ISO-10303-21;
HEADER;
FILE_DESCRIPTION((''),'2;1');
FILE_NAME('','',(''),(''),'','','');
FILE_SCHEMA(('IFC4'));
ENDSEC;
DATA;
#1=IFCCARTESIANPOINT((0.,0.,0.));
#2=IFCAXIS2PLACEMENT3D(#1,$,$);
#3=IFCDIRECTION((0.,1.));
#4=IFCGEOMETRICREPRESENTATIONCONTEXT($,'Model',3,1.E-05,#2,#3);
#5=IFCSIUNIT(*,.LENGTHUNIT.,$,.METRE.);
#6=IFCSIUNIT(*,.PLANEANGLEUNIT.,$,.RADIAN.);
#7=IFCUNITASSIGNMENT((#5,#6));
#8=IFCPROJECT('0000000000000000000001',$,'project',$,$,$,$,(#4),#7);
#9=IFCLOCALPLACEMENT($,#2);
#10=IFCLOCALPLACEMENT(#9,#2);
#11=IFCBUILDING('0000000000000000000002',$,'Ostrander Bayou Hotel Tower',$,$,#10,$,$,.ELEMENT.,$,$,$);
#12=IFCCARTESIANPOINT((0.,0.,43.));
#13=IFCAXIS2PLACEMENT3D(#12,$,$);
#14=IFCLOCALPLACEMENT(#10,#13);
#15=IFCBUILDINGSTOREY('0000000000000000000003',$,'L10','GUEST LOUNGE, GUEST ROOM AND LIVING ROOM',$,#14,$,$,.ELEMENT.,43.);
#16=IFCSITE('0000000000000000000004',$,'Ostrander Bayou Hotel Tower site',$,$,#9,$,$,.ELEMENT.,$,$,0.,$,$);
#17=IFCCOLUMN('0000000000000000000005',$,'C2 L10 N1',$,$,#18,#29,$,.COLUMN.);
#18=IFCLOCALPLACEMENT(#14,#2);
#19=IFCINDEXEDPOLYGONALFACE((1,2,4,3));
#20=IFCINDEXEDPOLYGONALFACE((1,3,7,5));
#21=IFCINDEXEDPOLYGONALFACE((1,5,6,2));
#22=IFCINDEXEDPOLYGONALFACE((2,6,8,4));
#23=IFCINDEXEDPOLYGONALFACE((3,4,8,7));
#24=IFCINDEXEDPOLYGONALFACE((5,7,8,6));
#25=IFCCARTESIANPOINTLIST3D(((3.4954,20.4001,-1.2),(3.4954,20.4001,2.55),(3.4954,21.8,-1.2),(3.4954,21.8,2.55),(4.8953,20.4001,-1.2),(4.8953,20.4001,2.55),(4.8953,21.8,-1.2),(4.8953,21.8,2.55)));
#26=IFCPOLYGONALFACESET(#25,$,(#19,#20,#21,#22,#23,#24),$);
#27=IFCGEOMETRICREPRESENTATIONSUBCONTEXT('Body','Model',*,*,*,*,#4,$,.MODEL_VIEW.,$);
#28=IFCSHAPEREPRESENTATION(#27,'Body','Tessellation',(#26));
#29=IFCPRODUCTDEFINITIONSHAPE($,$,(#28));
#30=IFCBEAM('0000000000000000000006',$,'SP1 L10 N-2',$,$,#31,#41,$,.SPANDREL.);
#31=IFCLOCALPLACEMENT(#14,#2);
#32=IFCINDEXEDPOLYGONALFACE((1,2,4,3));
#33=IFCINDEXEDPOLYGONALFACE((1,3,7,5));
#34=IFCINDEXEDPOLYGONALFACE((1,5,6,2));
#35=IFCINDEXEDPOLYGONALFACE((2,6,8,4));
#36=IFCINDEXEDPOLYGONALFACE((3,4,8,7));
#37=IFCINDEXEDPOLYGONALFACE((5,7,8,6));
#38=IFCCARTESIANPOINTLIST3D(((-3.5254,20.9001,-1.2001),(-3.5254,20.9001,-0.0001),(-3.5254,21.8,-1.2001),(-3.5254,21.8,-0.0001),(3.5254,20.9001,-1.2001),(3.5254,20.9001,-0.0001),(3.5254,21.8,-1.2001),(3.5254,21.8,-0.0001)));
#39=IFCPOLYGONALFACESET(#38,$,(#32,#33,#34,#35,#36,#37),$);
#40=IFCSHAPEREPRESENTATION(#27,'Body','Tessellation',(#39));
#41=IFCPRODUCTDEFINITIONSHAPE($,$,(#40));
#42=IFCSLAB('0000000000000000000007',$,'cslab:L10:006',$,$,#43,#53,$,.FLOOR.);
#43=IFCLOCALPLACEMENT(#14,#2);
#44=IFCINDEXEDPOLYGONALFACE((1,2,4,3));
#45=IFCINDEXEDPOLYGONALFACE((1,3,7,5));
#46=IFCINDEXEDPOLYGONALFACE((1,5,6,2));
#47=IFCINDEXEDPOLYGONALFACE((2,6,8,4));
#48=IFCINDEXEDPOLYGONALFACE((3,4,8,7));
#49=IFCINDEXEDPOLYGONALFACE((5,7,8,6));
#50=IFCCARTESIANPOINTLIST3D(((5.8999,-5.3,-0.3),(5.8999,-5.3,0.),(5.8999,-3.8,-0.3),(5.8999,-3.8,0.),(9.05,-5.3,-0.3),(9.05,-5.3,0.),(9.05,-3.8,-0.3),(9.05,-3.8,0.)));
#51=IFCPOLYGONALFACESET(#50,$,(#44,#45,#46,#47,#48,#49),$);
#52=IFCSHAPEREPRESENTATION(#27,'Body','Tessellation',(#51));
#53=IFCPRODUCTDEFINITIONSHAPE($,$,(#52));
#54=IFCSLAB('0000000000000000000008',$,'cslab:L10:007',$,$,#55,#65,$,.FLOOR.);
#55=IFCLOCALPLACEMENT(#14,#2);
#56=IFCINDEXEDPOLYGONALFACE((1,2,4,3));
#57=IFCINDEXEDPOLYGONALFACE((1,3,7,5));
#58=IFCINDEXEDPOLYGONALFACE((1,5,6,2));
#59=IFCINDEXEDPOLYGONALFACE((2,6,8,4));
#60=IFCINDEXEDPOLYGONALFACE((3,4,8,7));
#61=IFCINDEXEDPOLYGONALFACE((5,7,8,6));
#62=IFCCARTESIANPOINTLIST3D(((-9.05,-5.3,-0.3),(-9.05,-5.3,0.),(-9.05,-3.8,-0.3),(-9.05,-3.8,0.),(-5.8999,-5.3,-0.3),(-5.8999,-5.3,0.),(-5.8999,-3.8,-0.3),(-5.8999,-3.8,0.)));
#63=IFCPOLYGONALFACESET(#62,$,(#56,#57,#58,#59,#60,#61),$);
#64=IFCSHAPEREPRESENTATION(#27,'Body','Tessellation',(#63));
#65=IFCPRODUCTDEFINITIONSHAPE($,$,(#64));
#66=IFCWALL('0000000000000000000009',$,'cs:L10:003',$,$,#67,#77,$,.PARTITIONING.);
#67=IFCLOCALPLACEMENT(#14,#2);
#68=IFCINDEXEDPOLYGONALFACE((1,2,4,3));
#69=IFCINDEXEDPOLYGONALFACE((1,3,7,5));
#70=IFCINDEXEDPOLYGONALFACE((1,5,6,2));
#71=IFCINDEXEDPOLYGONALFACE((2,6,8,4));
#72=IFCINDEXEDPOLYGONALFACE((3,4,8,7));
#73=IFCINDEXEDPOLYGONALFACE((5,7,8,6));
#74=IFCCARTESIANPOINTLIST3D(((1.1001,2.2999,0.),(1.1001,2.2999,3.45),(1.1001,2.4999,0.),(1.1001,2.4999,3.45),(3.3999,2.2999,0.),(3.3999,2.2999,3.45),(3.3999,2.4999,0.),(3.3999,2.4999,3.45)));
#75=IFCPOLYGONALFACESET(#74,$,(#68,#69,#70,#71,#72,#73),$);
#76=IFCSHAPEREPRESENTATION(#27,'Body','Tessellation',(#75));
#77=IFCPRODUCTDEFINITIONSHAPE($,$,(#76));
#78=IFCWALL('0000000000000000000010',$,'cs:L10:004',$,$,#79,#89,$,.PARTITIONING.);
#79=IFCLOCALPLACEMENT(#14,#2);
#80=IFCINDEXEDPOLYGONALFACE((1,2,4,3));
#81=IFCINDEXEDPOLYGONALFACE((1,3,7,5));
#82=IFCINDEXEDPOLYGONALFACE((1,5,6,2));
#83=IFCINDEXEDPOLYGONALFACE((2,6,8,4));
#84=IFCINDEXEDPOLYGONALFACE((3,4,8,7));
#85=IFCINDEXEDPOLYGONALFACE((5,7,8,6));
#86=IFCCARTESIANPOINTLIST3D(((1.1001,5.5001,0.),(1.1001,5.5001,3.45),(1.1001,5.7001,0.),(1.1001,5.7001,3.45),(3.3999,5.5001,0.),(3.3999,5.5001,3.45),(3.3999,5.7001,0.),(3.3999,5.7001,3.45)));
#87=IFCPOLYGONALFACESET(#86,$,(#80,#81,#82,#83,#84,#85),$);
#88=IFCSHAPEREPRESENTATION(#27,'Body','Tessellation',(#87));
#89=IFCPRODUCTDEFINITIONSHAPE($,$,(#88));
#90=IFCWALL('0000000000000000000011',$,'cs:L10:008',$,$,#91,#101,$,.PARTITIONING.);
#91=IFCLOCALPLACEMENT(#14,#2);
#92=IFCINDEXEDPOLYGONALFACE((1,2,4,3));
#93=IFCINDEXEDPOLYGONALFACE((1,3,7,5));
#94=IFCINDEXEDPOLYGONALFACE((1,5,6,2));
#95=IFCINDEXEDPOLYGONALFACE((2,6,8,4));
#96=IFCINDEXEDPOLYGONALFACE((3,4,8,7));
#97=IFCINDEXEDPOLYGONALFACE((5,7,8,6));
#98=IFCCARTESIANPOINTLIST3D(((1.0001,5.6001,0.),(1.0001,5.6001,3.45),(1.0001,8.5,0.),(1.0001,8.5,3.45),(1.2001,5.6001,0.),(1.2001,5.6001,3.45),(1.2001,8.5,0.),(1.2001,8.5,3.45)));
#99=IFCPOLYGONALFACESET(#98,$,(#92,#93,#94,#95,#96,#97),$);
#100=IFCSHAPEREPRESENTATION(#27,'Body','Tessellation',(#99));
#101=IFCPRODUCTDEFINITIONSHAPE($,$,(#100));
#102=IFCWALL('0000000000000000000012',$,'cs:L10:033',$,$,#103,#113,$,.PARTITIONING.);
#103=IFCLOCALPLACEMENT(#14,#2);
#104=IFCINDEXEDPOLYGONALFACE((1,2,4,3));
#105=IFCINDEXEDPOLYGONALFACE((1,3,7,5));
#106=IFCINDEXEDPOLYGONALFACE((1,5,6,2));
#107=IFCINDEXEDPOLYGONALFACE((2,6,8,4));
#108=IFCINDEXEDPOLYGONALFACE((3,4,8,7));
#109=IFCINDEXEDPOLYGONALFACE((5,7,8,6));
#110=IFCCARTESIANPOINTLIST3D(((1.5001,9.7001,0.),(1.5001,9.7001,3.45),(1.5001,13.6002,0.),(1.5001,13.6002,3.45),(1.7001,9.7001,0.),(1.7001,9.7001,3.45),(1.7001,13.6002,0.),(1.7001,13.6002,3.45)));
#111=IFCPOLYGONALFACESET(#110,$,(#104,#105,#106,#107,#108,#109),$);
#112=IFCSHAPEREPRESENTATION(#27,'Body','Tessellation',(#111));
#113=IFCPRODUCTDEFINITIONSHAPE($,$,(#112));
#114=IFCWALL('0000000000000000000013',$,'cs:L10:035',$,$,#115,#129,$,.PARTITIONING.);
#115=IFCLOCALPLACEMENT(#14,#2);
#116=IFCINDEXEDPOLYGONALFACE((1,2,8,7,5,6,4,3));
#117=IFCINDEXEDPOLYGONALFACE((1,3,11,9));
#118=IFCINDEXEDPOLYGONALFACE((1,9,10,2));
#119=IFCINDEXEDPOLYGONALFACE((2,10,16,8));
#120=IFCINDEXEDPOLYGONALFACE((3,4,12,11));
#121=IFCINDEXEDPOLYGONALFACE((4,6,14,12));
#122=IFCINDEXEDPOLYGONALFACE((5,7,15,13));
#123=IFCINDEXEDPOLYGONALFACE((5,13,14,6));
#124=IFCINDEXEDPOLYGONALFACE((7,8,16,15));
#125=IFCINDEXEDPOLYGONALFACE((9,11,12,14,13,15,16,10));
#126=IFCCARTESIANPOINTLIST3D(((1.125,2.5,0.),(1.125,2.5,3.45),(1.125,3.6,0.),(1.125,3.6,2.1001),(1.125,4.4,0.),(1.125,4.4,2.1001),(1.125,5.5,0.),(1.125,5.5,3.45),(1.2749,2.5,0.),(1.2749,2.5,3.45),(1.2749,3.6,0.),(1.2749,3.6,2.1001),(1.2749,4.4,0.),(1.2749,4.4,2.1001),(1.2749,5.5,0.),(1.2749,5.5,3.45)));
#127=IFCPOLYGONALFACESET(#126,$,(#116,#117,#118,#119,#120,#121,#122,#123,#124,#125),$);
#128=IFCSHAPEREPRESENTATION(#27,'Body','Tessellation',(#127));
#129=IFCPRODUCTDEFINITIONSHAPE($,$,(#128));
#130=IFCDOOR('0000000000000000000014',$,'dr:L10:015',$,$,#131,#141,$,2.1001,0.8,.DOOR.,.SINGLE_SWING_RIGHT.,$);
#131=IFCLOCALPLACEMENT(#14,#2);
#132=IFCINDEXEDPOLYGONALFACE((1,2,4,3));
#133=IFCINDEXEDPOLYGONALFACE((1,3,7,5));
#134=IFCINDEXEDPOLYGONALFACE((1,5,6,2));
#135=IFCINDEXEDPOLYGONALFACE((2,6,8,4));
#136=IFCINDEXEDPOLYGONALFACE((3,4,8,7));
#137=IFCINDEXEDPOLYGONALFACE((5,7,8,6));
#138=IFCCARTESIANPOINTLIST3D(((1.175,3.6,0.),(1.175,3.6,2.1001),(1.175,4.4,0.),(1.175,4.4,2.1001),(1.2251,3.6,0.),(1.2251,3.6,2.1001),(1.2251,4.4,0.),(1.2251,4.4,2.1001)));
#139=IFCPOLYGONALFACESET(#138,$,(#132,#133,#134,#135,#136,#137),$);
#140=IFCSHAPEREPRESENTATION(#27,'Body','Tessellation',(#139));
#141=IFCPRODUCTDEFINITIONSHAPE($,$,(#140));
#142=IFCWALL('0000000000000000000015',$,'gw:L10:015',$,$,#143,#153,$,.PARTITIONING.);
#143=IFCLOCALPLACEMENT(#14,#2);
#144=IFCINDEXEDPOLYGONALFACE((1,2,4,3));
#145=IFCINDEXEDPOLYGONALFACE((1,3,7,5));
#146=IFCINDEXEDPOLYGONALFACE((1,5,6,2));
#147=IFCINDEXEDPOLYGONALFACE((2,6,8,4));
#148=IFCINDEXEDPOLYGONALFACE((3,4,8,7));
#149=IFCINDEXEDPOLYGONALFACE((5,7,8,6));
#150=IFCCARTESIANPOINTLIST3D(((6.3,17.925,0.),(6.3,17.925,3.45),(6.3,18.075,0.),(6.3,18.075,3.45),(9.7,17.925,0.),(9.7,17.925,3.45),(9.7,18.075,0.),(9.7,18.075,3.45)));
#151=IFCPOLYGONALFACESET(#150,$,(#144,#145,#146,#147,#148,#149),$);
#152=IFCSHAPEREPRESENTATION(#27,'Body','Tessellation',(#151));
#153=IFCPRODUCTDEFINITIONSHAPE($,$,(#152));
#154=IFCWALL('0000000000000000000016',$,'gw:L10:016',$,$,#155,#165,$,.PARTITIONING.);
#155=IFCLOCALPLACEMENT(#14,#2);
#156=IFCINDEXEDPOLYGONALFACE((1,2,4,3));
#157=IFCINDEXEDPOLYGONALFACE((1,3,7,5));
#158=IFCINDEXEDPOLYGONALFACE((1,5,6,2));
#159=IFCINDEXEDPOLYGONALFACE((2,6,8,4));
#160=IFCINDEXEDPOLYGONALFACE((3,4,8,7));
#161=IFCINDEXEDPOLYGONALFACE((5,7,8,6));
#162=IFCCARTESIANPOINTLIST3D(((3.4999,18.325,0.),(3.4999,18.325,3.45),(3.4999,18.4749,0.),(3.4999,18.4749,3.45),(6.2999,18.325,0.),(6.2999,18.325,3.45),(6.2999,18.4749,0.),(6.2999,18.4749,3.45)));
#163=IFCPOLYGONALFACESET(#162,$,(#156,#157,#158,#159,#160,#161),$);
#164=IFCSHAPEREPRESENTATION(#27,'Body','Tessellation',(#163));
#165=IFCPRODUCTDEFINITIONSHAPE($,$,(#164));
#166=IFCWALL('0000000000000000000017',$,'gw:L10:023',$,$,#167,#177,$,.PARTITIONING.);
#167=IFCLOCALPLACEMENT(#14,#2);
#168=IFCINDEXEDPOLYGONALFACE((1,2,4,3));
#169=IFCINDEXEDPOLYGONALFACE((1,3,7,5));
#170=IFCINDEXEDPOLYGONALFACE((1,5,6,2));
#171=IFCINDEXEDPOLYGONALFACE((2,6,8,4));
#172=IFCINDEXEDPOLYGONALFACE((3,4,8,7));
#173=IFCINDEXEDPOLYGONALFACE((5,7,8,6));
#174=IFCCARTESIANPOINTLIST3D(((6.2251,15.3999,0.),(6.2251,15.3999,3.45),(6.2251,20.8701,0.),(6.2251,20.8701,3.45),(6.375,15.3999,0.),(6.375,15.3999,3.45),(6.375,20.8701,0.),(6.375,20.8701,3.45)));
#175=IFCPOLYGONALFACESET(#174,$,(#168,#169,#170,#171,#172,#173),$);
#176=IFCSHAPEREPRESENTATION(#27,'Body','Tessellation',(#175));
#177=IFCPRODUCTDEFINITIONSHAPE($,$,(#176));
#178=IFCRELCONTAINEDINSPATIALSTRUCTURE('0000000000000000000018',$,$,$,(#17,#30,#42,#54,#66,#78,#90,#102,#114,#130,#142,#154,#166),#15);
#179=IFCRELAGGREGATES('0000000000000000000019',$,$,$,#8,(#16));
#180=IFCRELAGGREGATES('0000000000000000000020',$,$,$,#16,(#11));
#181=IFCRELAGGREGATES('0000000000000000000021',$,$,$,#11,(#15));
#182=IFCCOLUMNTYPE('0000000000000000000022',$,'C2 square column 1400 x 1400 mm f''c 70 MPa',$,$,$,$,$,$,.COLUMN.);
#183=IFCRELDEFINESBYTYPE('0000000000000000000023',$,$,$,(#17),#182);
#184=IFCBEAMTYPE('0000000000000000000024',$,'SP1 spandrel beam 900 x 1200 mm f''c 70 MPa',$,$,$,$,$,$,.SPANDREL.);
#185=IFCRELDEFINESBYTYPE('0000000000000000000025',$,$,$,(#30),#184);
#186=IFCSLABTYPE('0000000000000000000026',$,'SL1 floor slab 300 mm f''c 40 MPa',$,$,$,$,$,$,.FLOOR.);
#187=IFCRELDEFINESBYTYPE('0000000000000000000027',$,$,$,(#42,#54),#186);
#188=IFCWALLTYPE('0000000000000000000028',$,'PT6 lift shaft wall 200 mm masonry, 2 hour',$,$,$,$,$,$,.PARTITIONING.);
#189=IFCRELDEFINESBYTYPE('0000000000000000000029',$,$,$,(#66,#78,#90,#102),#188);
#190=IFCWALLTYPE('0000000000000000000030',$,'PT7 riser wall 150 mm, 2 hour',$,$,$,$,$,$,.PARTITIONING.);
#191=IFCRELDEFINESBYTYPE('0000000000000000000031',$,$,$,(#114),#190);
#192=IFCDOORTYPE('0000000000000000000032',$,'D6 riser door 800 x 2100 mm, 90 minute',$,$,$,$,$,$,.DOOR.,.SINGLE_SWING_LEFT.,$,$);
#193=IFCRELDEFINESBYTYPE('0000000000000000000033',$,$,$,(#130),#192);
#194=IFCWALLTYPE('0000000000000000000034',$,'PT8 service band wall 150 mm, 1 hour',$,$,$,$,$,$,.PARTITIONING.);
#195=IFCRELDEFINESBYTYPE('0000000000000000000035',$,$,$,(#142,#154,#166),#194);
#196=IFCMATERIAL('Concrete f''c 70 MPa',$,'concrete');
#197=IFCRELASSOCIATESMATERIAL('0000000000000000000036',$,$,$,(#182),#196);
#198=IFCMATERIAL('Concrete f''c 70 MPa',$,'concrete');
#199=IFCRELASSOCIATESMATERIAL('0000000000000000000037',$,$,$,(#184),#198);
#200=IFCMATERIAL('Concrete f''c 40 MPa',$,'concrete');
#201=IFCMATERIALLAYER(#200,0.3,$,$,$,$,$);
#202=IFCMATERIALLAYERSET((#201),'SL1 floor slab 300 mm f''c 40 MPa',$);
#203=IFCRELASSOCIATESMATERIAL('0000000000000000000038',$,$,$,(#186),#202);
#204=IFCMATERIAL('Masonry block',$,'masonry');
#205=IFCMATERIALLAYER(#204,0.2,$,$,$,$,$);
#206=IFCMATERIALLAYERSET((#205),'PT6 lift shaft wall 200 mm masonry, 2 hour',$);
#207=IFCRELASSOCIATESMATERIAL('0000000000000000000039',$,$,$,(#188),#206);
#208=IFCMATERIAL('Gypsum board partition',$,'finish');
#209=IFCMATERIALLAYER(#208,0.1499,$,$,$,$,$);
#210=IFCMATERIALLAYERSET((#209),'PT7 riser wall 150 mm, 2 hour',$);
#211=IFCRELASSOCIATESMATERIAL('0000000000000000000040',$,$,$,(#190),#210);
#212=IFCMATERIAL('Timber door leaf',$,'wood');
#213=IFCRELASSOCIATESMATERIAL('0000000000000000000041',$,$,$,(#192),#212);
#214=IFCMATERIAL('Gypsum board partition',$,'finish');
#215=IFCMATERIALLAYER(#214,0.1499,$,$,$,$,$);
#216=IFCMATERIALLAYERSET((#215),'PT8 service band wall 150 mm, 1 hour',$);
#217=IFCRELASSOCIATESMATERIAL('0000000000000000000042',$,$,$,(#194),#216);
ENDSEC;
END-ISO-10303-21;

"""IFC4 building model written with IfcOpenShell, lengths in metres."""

from ifc_helpers import new_model, si_unit, direction, frame, frame_2d, origin, origin_2d, place, context, subcontext, project, spatial, polyline, rectangle, outline, extrude, material, layer, layer_set, material_profile, profile_set, type_object, element, fill, save


model = new_model("IFC4")

# Units and contexts
model_context = context("Model", 3, precision=1e-05, world=origin(), true_north=direction((0.0, 1.0)))
body_context = subcontext(model_context, "Body", "Model", "MODEL_VIEW")
ifc_project = project(units=[si_unit("LENGTHUNIT", "METRE"), si_unit("PLANEANGLEUNIT", "RADIAN")], contexts=[model_context])

# Site, building, storey
site_placement = place(None, origin())
site = spatial("IfcSite", under=ifc_project, at=site_placement, Name="Ostrander Bayou Hotel Tower site", CompositionType="ELEMENT", RefElevation=0.0)
building_placement = place(site_placement, origin())
building = spatial("IfcBuilding", under=site, at=building_placement, Name="Ostrander Bayou Hotel Tower", CompositionType="ELEMENT")
storey_placement = place(building_placement, frame((0.0, 0.0, 43.0)))
storey = spatial("IfcBuildingStorey", under=building, at=storey_placement, Name="L10", Description="GUEST LOUNGE, GUEST ROOM AND LIVING ROOM", CompositionType="ELEMENT", Elevation=43.0)

# Column
ifc_material_1 = material(Name="Concrete f'c 70 MPa", Category="concrete")
ifc_material_profile_1 = material_profile(ifc_material_1, rectangle(XDim=1.3999, YDim=1.3999, at=origin_2d()))
ifc_profile_set_1 = profile_set([ifc_material_profile_1], Name="Concrete f'c 70 MPa")
column_type = type_object("IfcColumnType", Name="C2 square column 1400 x 1400 mm f'c 70 MPa", PredefinedType="COLUMN", material=ifc_profile_set_1)
column_placement = place(storey_placement, frame((4.1953, 21.1001, -1.2), z_axis=(0.0, 0.0, 1.0), x_axis=(1.0, 0.0, 0.0)))
element("IfcColumn", 1, at=column_placement, inside=storey, type_object=column_type, Name="C2 L10 N1", PredefinedType="COLUMN", context=body_context, shape_type="SweptSolid", body=[
    extrude(rectangle(XDim=1.3999, YDim=1.3999, at=origin_2d()), origin(), (0.0, 0.0, 1.0), 3.75),
])

# Beam
ifc_material_2 = material(Name="Concrete f'c 70 MPa", Category="concrete")
ifc_material_profile_2 = material_profile(ifc_material_2, rectangle(XDim=0.8999, YDim=1.2, at=origin_2d()))
ifc_profile_set_2 = profile_set([ifc_material_profile_2], Name="Concrete f'c 70 MPa")
beam_type = type_object("IfcBeamType", Name="SP1 spandrel beam 900 x 1200 mm f'c 70 MPa", PredefinedType="SPANDREL", material=ifc_profile_set_2)
beam_placement = place(storey_placement, frame((3.5254, 21.3501, -0.6001), z_axis=(-1.0, 0.0, 0.0), x_axis=(0.0, -1.0, 0.0)))
element("IfcBeam", 2, at=beam_placement, inside=storey, type_object=beam_type, Name="SP1 L10 N-2", PredefinedType="SPANDREL", context=body_context, shape_type="SweptSolid", body=[
    extrude(rectangle(XDim=0.8999, YDim=1.2, at=origin_2d()), origin(), (0.0, 0.0, 1.0), 7.0508),
])

# Slabs
ifc_material_3 = material(Name="Concrete f'c 40 MPa", Category="concrete")
ifc_layer_1 = layer(ifc_material_3, 0.3)
ifc_layer_set_1 = layer_set([ifc_layer_1], Name="SL1 floor slab 300 mm f'c 40 MPa")
slab_type = type_object("IfcSlabType", Name="SL1 floor slab 300 mm f'c 40 MPa", PredefinedType="FLOOR", material=ifc_layer_set_1)
slab_1_placement = place(storey_placement, frame((0.0, 0.0, -0.3)))
element("IfcSlab", 3, at=slab_1_placement, inside=storey, type_object=slab_type, Name="cslab:L10:006", PredefinedType="FLOOR", context=body_context, shape_type="SweptSolid", body=[
    extrude(outline(polyline([(9.05, -5.3), (9.05, -3.8), (5.8999, -3.8), (5.8999, -5.3), (9.05, -5.3)])), origin(), (0.0, 0.0, 1.0), 0.3),
])
slab_2_placement = place(storey_placement, frame((0.0, 0.0, -0.3)))
element("IfcSlab", 4, at=slab_2_placement, inside=storey, type_object=slab_type, Name="cslab:L10:007", PredefinedType="FLOOR", context=body_context, shape_type="SweptSolid", body=[
    extrude(outline(polyline([(-5.8999, -5.3), (-5.8999, -3.8), (-9.05, -3.8), (-9.05, -5.3), (-5.8999, -5.3)])), origin(), (0.0, 0.0, 1.0), 0.3),
])

# Walls
ifc_material_4 = material(Name="Masonry block", Category="masonry")
ifc_layer_2 = layer(ifc_material_4, 0.2)
ifc_layer_set_2 = layer_set([ifc_layer_2], Name="PT6 lift shaft wall 200 mm masonry, 2 hour")
wall_type_1 = type_object("IfcWallType", Name="PT6 lift shaft wall 200 mm masonry, 2 hour", PredefinedType="PARTITIONING", material=ifc_layer_set_2)
for number, where, z_axis, x_axis, name in (
    (5, (1.1001, 2.3999, 0.0), (0.0, 0.0, 1.0), (1.0, 0.0, 0.0), "cs:L10:003"),
    (6, (1.1001, 5.6001, 0.0), (0.0, 0.0, 1.0), (1.0, 0.0, 0.0), "cs:L10:004"),
):
    element("IfcWall", number, at=place(storey_placement, frame(where, z_axis=z_axis, x_axis=x_axis)), inside=storey, type_object=wall_type_1, Name=name, PredefinedType="PARTITIONING", context=body_context, shape_type="SweptSolid", body=[
        extrude(rectangle(XDim=2.2998, YDim=0.2, at=frame_2d((1.1499, 0.0))), origin(), (0.0, 0.0, 1.0), 3.45),
    ])
wall_1_placement = place(storey_placement, frame((1.1001, 5.6001, 0.0), z_axis=(0.0, 0.0, 1.0), x_axis=(0.0, 1.0, 0.0)))
element("IfcWall", 7, at=wall_1_placement, inside=storey, type_object=wall_type_1, Name="cs:L10:008", PredefinedType="PARTITIONING", context=body_context, shape_type="SweptSolid", body=[
    extrude(rectangle(XDim=2.8999, YDim=0.2, at=frame_2d((1.45, 0.0))), origin(), (0.0, 0.0, 1.0), 3.45),
])
wall_2_placement = place(storey_placement, frame((1.6001, 9.7, 0.0), z_axis=(0.0, 0.0, 1.0), x_axis=(0.0, 1.0, 0.0)))
element("IfcWall", 8, at=wall_2_placement, inside=storey, type_object=wall_type_1, Name="cs:L10:033", PredefinedType="PARTITIONING", context=body_context, shape_type="SweptSolid", body=[
    extrude(rectangle(XDim=3.9001, YDim=0.2, at=frame_2d((1.9502, 0.0))), origin(), (0.0, 0.0, 1.0), 3.45),
])

# Wall, opening, door
ifc_material_5 = material(Name="Gypsum board partition", Category="finish")
ifc_layer_3 = layer(ifc_material_5, 0.1499)
ifc_layer_set_3 = layer_set([ifc_layer_3], Name="PT7 riser wall 150 mm, 2 hour")
wall_type_2 = type_object("IfcWallType", Name="PT7 riser wall 150 mm, 2 hour", PredefinedType="PARTITIONING", material=ifc_layer_set_3)
wall_3_placement = place(storey_placement, frame((1.2, 2.5, 0.0), z_axis=(0.0, 0.0, 1.0), x_axis=(0.0, 1.0, 0.0)))
wall_3 = element("IfcWall", 9, at=wall_3_placement, inside=storey, type_object=wall_type_2, Name="cs:L10:035", PredefinedType="PARTITIONING", context=body_context, shape_type="SweptSolid", body=[
    extrude(rectangle(XDim=3.0, YDim=0.1499, at=frame_2d((1.5, 0.0))), origin(), (0.0, 0.0, 1.0), 3.45),
])
opening_1_placement = place(wall_3_placement, frame((1.1001, 0.0, 0.0)))
opening_1 = element("IfcOpeningElement", 10, at=opening_1_placement, cuts=wall_3, PredefinedType="OPENING", context=body_context, shape_type="SweptSolid", body=[
    extrude(rectangle(XDim=0.8, YDim=2.1001, at=frame_2d((0.3999, 1.05))), frame((0.0, 0.075, 0.0), z_axis=(0.0, -1.0, 0.0), x_axis=(1.0, 0.0, 0.0)), (0.0, 0.0, 1.0), 0.1499),
])
ifc_material_6 = material(Name="Timber door leaf", Category="wood")
door_type_1 = type_object("IfcDoorType", Name="D6 riser door 800 x 2100 mm, 90 minute", OperationType="SINGLE_SWING_LEFT", PredefinedType="DOOR", material=ifc_material_6)
door_1_placement = place(opening_1_placement, origin())
door_1 = element("IfcDoor", 11, at=door_1_placement, inside=storey, type_object=door_type_1, Name="dr:L10:015", OperationType="SINGLE_SWING_RIGHT", OverallHeight=2.1001, OverallWidth=0.8, PredefinedType="DOOR", context=body_context, shape_type="SweptSolid", body=[
    extrude(rectangle(XDim=0.8, YDim=2.1001, at=frame_2d((0.3999, 1.05))), frame((0.0, 0.0249, 0.0), z_axis=(0.0, -1.0, 0.0), x_axis=(1.0, 0.0, 0.0)), (0.0, 0.0, 1.0), 0.05),
])
fill(opening_1, door_1)

# Walls
ifc_material_7 = material(Name="Gypsum board partition", Category="finish")
ifc_layer_4 = layer(ifc_material_7, 0.1499)
ifc_layer_set_4 = layer_set([ifc_layer_4], Name="PT8 service band wall 150 mm, 1 hour")
wall_type_3 = type_object("IfcWallType", Name="PT8 service band wall 150 mm, 1 hour", PredefinedType="PARTITIONING", material=ifc_layer_set_4)
wall_4_placement = place(storey_placement, frame((6.3, 18.0, 0.0), z_axis=(0.0, 0.0, 1.0), x_axis=(1.0, 0.0, 0.0)))
element("IfcWall", 12, at=wall_4_placement, inside=storey, type_object=wall_type_3, Name="gw:L10:015", PredefinedType="PARTITIONING", context=body_context, shape_type="SweptSolid", body=[
    extrude(rectangle(XDim=3.3999, YDim=0.1499, at=frame_2d((1.7, 0.0))), origin(), (0.0, 0.0, 1.0), 3.45),
])
wall_5_placement = place(storey_placement, frame((3.5, 18.3999, 0.0), z_axis=(0.0, 0.0, 1.0), x_axis=(1.0, 0.0, 0.0)))
element("IfcWall", 13, at=wall_5_placement, inside=storey, type_object=wall_type_3, Name="gw:L10:016", PredefinedType="PARTITIONING", context=body_context, shape_type="SweptSolid", body=[
    extrude(rectangle(XDim=2.8, YDim=0.1499, at=frame_2d((1.3999, 0.0))), origin(), (0.0, 0.0, 1.0), 3.45),
])
wall_6_placement = place(storey_placement, frame((6.3, 15.3999, 0.0), z_axis=(0.0, 0.0, 1.0), x_axis=(0.0, 1.0, 0.0)))
element("IfcWall", 14, at=wall_6_placement, inside=storey, type_object=wall_type_3, Name="gw:L10:023", PredefinedType="PARTITIONING", context=body_context, shape_type="SweptSolid", body=[
    extrude(rectangle(XDim=5.4702, YDim=0.1499, at=frame_2d((2.7351, 0.0))), origin(), (0.0, 0.0, 1.0), 3.45),
])

save(model, "model.ifc")
